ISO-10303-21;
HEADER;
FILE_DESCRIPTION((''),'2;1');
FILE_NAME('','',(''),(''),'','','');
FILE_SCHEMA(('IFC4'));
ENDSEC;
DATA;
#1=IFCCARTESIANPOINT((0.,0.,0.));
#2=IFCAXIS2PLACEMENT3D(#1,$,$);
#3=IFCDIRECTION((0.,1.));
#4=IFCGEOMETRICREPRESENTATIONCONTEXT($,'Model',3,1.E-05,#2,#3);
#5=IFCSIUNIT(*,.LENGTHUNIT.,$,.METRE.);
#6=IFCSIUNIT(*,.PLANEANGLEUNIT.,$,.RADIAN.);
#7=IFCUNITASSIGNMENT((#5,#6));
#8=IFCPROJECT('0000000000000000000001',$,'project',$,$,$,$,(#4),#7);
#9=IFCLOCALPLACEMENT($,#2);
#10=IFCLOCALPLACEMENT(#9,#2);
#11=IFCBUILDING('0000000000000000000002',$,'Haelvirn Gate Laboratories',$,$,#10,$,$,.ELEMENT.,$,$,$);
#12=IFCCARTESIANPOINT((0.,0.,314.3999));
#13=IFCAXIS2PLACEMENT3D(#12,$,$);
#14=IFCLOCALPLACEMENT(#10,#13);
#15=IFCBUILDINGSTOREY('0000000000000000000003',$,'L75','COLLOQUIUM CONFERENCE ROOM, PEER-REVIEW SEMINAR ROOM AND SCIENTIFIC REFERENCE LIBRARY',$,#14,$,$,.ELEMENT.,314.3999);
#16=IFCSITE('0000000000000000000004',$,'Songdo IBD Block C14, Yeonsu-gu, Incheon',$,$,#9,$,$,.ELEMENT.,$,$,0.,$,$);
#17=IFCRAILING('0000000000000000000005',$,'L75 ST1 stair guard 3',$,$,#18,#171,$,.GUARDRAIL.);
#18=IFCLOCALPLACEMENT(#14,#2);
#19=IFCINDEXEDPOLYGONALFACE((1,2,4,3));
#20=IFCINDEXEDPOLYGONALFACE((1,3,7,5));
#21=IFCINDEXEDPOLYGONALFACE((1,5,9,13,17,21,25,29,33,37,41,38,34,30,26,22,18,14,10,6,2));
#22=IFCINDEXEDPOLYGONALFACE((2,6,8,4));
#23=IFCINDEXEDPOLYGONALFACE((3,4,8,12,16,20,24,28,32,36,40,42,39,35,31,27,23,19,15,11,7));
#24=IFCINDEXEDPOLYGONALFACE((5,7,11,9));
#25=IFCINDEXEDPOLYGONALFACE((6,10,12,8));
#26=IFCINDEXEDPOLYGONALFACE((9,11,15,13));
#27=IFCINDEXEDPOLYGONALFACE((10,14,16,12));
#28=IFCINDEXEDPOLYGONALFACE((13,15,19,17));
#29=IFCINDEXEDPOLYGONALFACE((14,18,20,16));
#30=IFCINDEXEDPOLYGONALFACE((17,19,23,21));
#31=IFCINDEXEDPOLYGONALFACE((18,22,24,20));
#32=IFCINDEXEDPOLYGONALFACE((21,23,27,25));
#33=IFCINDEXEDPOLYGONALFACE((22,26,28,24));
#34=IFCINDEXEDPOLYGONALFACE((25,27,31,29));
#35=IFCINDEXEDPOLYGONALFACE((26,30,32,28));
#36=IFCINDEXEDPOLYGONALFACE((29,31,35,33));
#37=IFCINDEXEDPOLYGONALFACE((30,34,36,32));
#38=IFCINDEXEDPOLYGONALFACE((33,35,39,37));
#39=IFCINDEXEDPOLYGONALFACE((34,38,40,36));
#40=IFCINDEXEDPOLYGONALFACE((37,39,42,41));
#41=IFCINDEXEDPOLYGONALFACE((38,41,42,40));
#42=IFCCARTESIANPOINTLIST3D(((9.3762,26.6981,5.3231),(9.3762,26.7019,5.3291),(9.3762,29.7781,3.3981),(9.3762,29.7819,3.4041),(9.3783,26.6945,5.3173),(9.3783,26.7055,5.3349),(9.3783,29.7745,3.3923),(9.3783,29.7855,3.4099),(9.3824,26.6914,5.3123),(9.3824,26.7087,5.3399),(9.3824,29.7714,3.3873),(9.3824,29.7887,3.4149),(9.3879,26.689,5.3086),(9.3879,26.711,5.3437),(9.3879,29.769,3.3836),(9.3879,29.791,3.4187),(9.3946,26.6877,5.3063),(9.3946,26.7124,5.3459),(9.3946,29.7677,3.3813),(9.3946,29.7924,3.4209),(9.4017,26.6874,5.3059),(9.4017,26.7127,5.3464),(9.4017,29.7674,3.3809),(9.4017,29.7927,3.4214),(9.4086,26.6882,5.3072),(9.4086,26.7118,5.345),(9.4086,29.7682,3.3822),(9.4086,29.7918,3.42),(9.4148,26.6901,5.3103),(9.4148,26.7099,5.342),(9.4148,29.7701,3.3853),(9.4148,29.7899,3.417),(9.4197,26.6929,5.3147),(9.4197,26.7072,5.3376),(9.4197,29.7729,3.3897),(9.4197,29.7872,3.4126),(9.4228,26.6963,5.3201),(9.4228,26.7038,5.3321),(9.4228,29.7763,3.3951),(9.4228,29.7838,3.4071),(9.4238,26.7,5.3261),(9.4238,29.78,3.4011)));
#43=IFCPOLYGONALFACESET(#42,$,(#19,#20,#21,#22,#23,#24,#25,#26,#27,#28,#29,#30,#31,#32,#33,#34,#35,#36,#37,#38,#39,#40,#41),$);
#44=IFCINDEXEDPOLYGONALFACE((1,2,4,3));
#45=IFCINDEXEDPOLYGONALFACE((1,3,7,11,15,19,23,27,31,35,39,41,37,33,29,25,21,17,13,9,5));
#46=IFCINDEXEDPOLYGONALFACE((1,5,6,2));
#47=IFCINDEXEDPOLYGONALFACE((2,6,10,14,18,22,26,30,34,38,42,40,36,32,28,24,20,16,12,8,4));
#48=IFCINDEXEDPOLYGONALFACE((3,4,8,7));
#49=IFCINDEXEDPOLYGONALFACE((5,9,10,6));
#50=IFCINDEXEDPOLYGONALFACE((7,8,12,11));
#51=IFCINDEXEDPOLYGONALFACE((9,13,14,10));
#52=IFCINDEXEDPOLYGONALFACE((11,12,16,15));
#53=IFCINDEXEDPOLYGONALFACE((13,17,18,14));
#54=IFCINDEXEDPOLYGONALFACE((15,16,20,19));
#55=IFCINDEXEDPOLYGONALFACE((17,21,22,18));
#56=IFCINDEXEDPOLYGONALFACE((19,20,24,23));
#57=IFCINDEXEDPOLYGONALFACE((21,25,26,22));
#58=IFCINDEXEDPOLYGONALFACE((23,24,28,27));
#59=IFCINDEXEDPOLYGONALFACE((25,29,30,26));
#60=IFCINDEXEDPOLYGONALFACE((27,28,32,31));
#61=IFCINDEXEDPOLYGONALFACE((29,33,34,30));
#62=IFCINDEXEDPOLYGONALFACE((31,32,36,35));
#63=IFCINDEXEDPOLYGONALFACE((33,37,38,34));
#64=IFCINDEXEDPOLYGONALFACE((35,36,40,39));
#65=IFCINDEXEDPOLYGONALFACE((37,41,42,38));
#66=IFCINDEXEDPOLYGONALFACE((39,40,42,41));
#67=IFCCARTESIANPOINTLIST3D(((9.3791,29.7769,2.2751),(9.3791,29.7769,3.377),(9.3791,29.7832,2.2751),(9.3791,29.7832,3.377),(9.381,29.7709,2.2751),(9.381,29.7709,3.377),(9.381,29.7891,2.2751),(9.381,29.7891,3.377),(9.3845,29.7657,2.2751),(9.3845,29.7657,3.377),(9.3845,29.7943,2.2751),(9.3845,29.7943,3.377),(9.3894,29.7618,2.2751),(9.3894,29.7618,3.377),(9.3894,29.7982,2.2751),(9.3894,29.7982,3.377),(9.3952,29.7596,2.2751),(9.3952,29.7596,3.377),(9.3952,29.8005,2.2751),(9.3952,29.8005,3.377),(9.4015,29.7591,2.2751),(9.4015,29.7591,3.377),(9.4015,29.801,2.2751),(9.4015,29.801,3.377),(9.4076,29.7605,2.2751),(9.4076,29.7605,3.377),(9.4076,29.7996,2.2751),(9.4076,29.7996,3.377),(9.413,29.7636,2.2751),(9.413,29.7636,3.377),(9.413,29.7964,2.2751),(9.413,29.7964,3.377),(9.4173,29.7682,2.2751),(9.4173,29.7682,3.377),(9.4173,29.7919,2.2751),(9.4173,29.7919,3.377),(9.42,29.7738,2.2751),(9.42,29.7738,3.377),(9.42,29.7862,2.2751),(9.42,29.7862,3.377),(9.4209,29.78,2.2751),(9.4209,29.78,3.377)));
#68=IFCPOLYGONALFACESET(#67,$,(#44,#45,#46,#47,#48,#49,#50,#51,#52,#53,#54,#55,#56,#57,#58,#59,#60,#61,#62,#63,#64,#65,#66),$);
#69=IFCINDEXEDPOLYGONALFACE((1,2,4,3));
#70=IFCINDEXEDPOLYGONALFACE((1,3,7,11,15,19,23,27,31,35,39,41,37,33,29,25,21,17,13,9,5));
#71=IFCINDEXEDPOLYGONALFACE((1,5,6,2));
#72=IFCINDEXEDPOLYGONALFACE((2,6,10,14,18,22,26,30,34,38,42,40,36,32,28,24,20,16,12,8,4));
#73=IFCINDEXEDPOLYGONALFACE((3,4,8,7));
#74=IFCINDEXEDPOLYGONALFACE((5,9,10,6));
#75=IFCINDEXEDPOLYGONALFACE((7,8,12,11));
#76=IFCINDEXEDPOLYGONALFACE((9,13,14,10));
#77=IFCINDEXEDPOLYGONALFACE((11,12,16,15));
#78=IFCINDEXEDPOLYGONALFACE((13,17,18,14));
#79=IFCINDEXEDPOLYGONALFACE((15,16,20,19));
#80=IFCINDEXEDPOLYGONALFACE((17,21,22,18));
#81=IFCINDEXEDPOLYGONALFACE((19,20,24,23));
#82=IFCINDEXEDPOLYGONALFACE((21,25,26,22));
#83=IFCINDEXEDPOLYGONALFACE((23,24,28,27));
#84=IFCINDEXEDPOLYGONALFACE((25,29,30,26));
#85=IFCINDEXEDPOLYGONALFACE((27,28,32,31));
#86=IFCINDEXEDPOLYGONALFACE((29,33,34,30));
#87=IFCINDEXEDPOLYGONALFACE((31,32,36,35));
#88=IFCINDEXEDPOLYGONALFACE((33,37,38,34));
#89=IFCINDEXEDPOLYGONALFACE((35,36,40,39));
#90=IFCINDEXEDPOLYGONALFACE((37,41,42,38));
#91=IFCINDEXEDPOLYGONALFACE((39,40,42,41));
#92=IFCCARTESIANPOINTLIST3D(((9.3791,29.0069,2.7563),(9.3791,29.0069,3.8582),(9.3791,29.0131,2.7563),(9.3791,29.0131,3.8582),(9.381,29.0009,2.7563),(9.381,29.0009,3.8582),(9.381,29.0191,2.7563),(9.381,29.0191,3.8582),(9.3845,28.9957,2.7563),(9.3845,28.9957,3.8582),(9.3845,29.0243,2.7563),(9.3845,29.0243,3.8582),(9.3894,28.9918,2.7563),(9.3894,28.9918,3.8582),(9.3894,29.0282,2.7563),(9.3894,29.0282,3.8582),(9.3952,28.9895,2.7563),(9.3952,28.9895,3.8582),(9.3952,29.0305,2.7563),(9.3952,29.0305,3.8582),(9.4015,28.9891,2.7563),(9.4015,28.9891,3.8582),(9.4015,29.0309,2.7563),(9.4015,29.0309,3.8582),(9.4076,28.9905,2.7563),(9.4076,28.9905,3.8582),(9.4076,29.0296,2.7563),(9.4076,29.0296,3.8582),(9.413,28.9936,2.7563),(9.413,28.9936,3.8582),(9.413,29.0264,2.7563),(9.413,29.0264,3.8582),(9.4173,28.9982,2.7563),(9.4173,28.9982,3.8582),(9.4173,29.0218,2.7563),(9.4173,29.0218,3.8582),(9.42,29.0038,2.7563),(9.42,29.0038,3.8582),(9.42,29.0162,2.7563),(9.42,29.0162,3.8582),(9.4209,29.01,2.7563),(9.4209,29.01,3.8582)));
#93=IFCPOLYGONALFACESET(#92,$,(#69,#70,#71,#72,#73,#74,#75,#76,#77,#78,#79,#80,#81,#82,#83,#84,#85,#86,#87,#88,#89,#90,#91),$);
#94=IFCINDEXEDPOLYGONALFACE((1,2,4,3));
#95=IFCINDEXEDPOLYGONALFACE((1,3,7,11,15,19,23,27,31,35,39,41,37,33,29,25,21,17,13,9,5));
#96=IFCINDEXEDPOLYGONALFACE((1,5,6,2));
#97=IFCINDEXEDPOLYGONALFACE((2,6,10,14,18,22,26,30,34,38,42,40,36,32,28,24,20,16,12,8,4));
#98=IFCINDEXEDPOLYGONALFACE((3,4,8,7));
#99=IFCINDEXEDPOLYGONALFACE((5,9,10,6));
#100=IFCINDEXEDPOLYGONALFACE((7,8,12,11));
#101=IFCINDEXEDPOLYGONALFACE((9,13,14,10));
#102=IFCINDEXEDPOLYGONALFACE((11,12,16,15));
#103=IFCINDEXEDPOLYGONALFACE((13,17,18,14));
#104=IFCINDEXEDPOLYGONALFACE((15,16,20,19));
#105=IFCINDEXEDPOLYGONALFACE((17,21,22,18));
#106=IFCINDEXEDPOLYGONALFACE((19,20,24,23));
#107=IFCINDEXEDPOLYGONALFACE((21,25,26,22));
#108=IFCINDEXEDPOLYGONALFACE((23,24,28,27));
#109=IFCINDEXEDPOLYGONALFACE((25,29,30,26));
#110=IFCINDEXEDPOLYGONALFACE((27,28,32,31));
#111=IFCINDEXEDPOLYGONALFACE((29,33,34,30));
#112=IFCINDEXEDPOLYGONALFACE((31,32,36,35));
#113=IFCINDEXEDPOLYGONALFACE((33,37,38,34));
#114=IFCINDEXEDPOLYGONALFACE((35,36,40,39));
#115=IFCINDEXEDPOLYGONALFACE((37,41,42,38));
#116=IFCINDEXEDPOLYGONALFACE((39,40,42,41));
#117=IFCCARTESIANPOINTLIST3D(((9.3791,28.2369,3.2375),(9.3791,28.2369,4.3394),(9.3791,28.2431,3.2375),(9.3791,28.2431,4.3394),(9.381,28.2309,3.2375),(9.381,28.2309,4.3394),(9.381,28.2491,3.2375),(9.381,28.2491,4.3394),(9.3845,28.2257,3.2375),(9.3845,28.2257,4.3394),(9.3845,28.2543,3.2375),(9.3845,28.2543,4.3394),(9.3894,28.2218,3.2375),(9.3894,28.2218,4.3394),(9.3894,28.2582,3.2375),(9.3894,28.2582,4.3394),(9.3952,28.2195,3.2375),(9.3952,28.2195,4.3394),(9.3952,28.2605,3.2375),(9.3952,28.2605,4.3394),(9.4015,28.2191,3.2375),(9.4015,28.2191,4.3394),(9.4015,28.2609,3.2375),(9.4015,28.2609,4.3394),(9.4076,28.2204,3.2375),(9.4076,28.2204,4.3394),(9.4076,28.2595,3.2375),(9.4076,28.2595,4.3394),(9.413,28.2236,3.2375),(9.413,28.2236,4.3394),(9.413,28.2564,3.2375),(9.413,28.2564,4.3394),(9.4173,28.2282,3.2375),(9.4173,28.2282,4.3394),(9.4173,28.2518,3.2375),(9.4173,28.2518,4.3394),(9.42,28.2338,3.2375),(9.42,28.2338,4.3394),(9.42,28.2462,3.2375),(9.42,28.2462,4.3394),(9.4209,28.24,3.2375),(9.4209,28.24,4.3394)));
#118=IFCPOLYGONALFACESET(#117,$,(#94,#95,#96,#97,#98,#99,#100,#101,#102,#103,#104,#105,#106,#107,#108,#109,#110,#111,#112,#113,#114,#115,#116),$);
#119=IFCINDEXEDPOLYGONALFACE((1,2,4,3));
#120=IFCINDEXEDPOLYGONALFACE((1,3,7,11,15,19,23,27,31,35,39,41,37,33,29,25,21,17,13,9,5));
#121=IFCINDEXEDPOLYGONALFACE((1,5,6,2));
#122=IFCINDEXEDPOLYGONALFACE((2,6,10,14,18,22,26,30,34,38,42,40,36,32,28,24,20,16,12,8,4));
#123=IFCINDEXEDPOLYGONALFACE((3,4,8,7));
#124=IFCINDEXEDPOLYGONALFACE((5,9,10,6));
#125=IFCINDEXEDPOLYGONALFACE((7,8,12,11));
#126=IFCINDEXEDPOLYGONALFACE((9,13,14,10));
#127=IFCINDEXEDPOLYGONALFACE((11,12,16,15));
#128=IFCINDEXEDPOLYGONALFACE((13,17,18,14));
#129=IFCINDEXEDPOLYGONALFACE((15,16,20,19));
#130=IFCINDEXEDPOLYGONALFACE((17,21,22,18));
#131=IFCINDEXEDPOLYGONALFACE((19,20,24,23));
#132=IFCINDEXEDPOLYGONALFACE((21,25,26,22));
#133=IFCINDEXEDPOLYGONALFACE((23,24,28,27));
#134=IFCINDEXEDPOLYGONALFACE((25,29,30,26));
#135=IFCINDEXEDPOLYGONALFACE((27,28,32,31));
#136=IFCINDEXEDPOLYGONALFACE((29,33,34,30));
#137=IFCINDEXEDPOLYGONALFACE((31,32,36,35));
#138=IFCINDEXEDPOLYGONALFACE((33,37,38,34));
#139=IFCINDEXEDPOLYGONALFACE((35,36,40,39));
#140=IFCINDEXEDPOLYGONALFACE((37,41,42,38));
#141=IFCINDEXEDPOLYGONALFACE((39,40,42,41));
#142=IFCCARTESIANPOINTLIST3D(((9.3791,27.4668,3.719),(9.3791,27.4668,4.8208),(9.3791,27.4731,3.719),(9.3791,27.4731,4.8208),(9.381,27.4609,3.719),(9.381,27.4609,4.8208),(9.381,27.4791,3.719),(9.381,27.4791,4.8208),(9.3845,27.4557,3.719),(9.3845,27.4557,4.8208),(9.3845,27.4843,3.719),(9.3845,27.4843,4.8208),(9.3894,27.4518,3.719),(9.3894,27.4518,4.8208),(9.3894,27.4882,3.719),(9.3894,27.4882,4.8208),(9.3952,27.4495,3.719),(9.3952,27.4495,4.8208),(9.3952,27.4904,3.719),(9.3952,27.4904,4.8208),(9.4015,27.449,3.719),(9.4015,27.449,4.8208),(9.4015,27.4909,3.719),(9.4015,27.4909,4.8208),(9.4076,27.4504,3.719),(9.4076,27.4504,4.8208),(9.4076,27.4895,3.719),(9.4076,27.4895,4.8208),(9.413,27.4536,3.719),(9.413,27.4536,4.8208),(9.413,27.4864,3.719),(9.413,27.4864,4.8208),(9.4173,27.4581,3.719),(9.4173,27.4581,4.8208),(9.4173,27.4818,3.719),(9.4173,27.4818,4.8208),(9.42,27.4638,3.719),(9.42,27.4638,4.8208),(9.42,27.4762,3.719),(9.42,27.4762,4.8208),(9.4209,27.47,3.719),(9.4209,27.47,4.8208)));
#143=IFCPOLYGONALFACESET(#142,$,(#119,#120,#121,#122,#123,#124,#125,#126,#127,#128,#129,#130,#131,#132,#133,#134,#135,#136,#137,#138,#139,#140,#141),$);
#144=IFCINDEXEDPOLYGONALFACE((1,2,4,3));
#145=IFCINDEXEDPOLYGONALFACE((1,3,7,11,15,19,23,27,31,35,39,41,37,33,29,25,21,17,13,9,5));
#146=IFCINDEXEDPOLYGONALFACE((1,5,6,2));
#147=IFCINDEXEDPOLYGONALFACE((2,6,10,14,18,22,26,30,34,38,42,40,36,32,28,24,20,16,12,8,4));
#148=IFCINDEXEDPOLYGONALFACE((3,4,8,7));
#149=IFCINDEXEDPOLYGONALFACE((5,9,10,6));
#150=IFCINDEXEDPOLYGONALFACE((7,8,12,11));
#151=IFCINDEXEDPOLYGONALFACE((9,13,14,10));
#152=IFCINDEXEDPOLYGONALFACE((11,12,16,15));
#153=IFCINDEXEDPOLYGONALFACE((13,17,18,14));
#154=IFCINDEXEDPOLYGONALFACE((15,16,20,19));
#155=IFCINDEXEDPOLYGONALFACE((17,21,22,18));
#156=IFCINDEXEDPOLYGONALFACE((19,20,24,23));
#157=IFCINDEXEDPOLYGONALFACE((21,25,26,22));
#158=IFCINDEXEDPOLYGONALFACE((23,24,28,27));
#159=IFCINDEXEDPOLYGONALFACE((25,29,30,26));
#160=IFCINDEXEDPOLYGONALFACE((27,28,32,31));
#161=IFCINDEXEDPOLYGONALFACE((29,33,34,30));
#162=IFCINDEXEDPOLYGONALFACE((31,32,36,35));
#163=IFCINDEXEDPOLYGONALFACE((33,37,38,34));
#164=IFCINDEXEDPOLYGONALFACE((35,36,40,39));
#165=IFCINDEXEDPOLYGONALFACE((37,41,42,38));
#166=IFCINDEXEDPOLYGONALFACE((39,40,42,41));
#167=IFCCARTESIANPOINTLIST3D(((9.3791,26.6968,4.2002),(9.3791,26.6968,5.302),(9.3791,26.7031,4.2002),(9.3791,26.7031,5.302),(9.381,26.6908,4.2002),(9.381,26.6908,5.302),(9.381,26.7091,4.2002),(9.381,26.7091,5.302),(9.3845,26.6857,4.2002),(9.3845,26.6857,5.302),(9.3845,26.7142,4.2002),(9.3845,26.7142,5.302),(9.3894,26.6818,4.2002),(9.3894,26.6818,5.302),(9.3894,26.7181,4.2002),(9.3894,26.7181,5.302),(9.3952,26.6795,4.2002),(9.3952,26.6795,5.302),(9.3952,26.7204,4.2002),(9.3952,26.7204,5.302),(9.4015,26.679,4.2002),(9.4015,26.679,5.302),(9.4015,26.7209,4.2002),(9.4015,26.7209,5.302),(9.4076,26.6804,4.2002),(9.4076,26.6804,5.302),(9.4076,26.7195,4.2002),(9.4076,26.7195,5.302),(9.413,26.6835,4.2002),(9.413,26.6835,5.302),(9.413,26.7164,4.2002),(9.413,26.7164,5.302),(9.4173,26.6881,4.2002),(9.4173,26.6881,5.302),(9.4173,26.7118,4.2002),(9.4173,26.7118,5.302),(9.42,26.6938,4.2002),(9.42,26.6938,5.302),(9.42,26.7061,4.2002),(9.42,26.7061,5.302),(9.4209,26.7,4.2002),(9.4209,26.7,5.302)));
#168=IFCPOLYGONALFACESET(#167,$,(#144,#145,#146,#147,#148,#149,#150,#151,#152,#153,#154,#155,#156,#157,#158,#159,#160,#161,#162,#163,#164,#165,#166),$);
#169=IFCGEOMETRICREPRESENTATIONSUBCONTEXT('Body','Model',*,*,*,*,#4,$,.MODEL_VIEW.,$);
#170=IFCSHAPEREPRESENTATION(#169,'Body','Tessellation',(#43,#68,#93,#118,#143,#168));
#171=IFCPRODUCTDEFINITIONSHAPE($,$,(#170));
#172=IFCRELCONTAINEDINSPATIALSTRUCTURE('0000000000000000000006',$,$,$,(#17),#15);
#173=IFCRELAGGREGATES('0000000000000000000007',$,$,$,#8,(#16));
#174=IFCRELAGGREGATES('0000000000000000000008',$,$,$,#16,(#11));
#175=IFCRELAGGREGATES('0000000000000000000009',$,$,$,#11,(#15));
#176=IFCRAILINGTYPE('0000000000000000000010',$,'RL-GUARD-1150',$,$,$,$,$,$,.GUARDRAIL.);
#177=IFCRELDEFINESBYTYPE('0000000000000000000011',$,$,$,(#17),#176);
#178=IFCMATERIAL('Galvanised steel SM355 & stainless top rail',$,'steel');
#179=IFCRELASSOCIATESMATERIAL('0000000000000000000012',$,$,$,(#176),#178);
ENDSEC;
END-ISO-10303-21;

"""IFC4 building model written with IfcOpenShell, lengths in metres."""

from ifc_helpers import new_model, si_unit, direction, frame, origin, origin_2d, place, context, subcontext, project, spatial, circle, extrude, source, transform, mapped, material, type_object, element, save


model = new_model("IFC4")

# Units and contexts
model_context = context("Model", 3, precision=1e-05, world=origin(), true_north=direction((0.0, 1.0)))
body_context = subcontext(model_context, "Body", "Model", "MODEL_VIEW")
ifc_project = project(units=[si_unit("LENGTHUNIT", "METRE"), si_unit("PLANEANGLEUNIT", "RADIAN")], contexts=[model_context])

# Site, building, storey
site_placement = place(None, origin())
site = spatial("IfcSite", under=ifc_project, at=site_placement, Name="Songdo IBD Block C14, Yeonsu-gu, Incheon", CompositionType="ELEMENT", RefElevation=0.0)
building_placement = place(site_placement, origin())
building = spatial("IfcBuilding", under=site, at=building_placement, Name="Haelvirn Gate Laboratories", CompositionType="ELEMENT")
storey_placement = place(building_placement, frame((0.0, 0.0, 314.3999)))
storey = spatial("IfcBuildingStorey", under=building, at=storey_placement, Name="L75", Description="COLLOQUIUM CONFERENCE ROOM, PEER-REVIEW SEMINAR ROOM AND SCIENTIFIC REFERENCE LIBRARY", CompositionType="ELEMENT", Elevation=314.3999)

# Railing
ifc_material_1 = material(Name="Galvanised steel SM355 & stainless top rail", Category="steel")
railing_type_1 = type_object("IfcRailingType", Name="RL-GUARD-1150", PredefinedType="GUARDRAIL", material=ifc_material_1)
shared_shape_1 = source(origin(), body_context, "Body", "SweptSolid", [
    extrude(circle(Radius=0.0239, at=origin_2d()), frame((0.0, 0.0, 1.126), z_axis=(0.0, -0.847998, 0.529999), x_axis=(1.0, 0.0, 0.0)), (0.0, 0.0, 1.0), 3.6321),
    extrude(circle(Radius=0.021, at=origin_2d()), origin(), (0.0, 0.0, 1.0), 1.1018),
    extrude(circle(Radius=0.021, at=origin_2d()), frame((0.0, -0.77, 0.4812)), (0.0, 0.0, 1.0), 1.1018),
    extrude(circle(Radius=0.021, at=origin_2d()), frame((0.0, -1.54, 0.9624)), (0.0, 0.0, 1.0), 1.1018),
    extrude(circle(Radius=0.021, at=origin_2d()), frame((0.0, -2.3101, 1.4438)), (0.0, 0.0, 1.0), 1.1018),
    extrude(circle(Radius=0.021, at=origin_2d()), frame((0.0, -3.0801, 1.925)), (0.0, 0.0, 1.0), 1.1018),
])
railing_1_placement = place(storey_placement, frame((9.3999, 29.78, 2.2751)))
element("IfcRailing", 1, at=railing_1_placement, inside=storey, type_object=railing_type_1, Name="L75 ST1 stair guard 3", PredefinedType="GUARDRAIL", context=body_context, shape_type="MappedRepresentation", body=[
    mapped(shared_shape_1, transform((0.0, 0.0, 0.0), scale=1.0)),
])

save(model, "model.ifc")
